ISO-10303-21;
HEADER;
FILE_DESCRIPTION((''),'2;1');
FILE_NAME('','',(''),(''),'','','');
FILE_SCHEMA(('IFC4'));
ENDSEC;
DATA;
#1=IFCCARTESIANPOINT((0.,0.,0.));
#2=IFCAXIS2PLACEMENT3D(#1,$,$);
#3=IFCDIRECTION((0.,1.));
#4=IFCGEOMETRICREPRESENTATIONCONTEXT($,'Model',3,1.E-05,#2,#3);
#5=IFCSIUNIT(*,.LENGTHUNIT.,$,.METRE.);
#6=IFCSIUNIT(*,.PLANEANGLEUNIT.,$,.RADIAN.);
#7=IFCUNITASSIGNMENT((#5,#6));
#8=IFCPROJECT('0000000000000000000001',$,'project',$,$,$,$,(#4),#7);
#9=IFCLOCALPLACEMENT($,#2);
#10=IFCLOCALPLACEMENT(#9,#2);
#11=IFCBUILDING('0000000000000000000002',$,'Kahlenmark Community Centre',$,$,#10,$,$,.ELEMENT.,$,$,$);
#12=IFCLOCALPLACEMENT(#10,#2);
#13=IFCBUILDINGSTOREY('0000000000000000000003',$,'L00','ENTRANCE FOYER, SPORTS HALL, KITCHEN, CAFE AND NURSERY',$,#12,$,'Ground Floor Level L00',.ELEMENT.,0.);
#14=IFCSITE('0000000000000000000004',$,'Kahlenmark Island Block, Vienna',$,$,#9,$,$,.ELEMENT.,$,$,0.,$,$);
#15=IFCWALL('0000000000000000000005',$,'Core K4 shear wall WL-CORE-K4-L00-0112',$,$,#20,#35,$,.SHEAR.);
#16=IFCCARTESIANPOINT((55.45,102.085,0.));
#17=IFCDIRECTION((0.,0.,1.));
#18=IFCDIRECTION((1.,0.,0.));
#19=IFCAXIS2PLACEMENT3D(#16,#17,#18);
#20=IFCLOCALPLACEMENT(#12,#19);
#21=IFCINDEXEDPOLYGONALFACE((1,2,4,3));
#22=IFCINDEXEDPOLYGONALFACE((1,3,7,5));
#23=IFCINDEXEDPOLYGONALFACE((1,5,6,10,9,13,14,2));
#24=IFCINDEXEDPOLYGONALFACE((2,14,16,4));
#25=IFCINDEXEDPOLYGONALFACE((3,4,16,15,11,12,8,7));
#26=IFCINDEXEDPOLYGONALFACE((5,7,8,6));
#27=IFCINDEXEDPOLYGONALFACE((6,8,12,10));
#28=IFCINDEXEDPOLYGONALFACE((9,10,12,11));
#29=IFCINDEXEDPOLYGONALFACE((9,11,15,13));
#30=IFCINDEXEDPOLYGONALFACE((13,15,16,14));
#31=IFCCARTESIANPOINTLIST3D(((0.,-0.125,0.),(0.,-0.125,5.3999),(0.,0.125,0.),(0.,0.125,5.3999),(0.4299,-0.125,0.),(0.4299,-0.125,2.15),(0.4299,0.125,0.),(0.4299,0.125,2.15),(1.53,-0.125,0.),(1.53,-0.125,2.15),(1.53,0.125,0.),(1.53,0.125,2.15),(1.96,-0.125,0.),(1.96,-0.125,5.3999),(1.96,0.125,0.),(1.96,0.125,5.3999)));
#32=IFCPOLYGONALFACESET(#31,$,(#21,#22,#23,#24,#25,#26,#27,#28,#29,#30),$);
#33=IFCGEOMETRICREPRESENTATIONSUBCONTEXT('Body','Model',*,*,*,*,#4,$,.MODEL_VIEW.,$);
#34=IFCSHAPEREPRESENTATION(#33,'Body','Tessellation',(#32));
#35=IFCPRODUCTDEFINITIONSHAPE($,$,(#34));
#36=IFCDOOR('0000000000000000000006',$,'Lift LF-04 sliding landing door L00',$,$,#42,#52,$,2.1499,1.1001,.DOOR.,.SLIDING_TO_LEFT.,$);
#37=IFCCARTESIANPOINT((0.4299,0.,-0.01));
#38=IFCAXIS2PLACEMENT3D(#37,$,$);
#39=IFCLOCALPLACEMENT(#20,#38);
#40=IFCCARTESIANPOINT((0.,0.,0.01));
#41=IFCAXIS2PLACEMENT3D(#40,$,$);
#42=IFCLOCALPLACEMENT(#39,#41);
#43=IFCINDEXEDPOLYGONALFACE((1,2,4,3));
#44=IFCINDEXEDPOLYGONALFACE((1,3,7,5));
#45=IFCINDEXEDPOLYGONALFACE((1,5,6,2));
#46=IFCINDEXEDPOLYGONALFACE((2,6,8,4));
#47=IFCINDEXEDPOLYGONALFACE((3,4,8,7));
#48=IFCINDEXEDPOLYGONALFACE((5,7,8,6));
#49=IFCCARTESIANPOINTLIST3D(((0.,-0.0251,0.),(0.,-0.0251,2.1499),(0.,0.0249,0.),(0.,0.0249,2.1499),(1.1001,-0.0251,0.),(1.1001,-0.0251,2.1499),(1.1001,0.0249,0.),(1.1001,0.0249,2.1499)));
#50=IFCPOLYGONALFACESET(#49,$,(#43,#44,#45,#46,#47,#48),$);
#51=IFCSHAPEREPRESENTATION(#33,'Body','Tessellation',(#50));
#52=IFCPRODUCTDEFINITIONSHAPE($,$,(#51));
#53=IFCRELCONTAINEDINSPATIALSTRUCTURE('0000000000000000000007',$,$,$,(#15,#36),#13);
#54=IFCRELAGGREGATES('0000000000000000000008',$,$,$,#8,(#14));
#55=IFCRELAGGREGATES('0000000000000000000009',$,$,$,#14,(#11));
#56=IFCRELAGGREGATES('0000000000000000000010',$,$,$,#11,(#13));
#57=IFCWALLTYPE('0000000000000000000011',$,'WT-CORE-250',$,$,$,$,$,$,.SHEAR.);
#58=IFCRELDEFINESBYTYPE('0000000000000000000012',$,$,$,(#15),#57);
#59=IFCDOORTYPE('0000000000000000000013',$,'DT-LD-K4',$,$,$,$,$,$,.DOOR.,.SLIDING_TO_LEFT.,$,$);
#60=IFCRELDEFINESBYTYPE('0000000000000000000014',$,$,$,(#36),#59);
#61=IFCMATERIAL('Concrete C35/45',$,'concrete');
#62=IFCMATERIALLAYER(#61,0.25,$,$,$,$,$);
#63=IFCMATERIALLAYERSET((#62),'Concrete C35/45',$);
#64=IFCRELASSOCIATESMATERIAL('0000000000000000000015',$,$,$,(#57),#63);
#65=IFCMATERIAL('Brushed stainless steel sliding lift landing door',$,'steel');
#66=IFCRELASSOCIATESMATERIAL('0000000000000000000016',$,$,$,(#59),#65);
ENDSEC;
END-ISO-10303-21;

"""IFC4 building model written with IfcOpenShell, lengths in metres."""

from ifc_helpers import new_model, si_unit, direction, frame, frame_2d, origin, place, context, subcontext, project, spatial, rectangle, extrude, material, layer, layer_set, type_object, element, fill, save


model = new_model("IFC4")

# Units and contexts
model_context = context("Model", 3, precision=1e-05, world=origin(), true_north=direction((0.0, 1.0)))
body_context = subcontext(model_context, "Body", "Model", "MODEL_VIEW")
ifc_project = project(units=[si_unit("LENGTHUNIT", "METRE"), si_unit("PLANEANGLEUNIT", "RADIAN")], contexts=[model_context])

# Site, building, storey
site_placement = place(None, origin())
site = spatial("IfcSite", under=ifc_project, at=site_placement, Name="Kahlenmark Island Block, Vienna", CompositionType="ELEMENT", RefElevation=0.0)
building_placement = place(site_placement, origin())
building = spatial("IfcBuilding", under=site, at=building_placement, Name="Kahlenmark Community Centre", CompositionType="ELEMENT")
storey_placement = place(building_placement, origin())
storey = spatial("IfcBuildingStorey", under=building, at=storey_placement, Name="L00", Description="ENTRANCE FOYER, SPORTS HALL, KITCHEN, CAFE AND NURSERY", LongName="Ground Floor Level L00", CompositionType="ELEMENT", Elevation=0.0)

# Shared definitions
ifc_material_1 = material(Name="Concrete C35/45", Category="concrete")

# Shared definitions
ifc_layer_1 = layer(ifc_material_1, 0.25)
ifc_layer_set_1 = layer_set([ifc_layer_1], Name="Concrete C35/45")
wall_type_1 = type_object("IfcWallType", Name="WT-CORE-250", PredefinedType="SHEAR", material=ifc_layer_set_1)

# Wall, opening, door
wall_1_placement = place(storey_placement, frame((55.45, 102.085, 0.0), z_axis=(0.0, 0.0, 1.0), x_axis=(1.0, 0.0, 0.0)))
wall_1 = element("IfcWall", 1, at=wall_1_placement, inside=storey, type_object=wall_type_1, Name="Core K4 shear wall WL-CORE-K4-L00-0112", PredefinedType="SHEAR", context=body_context, shape_type="SweptSolid", body=[
    extrude(rectangle(XDim=1.96, YDim=0.25, at=frame_2d((0.98, 0.0))), origin(), (0.0, 0.0, 1.0), 5.3999),
])
opening_1_placement = place(wall_1_placement, frame((0.4299, 0.0, -0.01)))
opening_1 = element("IfcOpeningElement", 2, at=opening_1_placement, cuts=wall_1, PredefinedType="OPENING", context=body_context, shape_type="SweptSolid", body=[
    extrude(rectangle(XDim=1.1001, YDim=2.1599, at=frame_2d((0.55, 1.0801))), frame((0.0, 0.135, 0.0), z_axis=(0.0, -1.0, 0.0), x_axis=(1.0, 0.0, 0.0)), (0.0, 0.0, 1.0), 0.27),
])
ifc_material_2 = material(Name="Brushed stainless steel sliding lift landing door", Category="steel")
door_type = type_object("IfcDoorType", Name="DT-LD-K4", OperationType="SLIDING_TO_LEFT", PredefinedType="DOOR", material=ifc_material_2)
door_placement = place(opening_1_placement, frame((0.0, 0.0, 0.01)))
door = element("IfcDoor", 3, at=door_placement, inside=storey, type_object=door_type, Name="Lift LF-04 sliding landing door L00", OperationType="SLIDING_TO_LEFT", OverallHeight=2.1499, OverallWidth=1.1001, PredefinedType="DOOR", context=body_context, shape_type="SweptSolid", body=[
    extrude(rectangle(XDim=1.1001, YDim=2.1499, at=frame_2d((0.55, 1.075))), frame((0.0, 0.0249, 0.0), z_axis=(0.0, -1.0, 0.0), x_axis=(1.0, 0.0, 0.0)), (0.0, 0.0, 1.0), 0.05),
])
fill(opening_1, door)

save(model, "model.ifc")
